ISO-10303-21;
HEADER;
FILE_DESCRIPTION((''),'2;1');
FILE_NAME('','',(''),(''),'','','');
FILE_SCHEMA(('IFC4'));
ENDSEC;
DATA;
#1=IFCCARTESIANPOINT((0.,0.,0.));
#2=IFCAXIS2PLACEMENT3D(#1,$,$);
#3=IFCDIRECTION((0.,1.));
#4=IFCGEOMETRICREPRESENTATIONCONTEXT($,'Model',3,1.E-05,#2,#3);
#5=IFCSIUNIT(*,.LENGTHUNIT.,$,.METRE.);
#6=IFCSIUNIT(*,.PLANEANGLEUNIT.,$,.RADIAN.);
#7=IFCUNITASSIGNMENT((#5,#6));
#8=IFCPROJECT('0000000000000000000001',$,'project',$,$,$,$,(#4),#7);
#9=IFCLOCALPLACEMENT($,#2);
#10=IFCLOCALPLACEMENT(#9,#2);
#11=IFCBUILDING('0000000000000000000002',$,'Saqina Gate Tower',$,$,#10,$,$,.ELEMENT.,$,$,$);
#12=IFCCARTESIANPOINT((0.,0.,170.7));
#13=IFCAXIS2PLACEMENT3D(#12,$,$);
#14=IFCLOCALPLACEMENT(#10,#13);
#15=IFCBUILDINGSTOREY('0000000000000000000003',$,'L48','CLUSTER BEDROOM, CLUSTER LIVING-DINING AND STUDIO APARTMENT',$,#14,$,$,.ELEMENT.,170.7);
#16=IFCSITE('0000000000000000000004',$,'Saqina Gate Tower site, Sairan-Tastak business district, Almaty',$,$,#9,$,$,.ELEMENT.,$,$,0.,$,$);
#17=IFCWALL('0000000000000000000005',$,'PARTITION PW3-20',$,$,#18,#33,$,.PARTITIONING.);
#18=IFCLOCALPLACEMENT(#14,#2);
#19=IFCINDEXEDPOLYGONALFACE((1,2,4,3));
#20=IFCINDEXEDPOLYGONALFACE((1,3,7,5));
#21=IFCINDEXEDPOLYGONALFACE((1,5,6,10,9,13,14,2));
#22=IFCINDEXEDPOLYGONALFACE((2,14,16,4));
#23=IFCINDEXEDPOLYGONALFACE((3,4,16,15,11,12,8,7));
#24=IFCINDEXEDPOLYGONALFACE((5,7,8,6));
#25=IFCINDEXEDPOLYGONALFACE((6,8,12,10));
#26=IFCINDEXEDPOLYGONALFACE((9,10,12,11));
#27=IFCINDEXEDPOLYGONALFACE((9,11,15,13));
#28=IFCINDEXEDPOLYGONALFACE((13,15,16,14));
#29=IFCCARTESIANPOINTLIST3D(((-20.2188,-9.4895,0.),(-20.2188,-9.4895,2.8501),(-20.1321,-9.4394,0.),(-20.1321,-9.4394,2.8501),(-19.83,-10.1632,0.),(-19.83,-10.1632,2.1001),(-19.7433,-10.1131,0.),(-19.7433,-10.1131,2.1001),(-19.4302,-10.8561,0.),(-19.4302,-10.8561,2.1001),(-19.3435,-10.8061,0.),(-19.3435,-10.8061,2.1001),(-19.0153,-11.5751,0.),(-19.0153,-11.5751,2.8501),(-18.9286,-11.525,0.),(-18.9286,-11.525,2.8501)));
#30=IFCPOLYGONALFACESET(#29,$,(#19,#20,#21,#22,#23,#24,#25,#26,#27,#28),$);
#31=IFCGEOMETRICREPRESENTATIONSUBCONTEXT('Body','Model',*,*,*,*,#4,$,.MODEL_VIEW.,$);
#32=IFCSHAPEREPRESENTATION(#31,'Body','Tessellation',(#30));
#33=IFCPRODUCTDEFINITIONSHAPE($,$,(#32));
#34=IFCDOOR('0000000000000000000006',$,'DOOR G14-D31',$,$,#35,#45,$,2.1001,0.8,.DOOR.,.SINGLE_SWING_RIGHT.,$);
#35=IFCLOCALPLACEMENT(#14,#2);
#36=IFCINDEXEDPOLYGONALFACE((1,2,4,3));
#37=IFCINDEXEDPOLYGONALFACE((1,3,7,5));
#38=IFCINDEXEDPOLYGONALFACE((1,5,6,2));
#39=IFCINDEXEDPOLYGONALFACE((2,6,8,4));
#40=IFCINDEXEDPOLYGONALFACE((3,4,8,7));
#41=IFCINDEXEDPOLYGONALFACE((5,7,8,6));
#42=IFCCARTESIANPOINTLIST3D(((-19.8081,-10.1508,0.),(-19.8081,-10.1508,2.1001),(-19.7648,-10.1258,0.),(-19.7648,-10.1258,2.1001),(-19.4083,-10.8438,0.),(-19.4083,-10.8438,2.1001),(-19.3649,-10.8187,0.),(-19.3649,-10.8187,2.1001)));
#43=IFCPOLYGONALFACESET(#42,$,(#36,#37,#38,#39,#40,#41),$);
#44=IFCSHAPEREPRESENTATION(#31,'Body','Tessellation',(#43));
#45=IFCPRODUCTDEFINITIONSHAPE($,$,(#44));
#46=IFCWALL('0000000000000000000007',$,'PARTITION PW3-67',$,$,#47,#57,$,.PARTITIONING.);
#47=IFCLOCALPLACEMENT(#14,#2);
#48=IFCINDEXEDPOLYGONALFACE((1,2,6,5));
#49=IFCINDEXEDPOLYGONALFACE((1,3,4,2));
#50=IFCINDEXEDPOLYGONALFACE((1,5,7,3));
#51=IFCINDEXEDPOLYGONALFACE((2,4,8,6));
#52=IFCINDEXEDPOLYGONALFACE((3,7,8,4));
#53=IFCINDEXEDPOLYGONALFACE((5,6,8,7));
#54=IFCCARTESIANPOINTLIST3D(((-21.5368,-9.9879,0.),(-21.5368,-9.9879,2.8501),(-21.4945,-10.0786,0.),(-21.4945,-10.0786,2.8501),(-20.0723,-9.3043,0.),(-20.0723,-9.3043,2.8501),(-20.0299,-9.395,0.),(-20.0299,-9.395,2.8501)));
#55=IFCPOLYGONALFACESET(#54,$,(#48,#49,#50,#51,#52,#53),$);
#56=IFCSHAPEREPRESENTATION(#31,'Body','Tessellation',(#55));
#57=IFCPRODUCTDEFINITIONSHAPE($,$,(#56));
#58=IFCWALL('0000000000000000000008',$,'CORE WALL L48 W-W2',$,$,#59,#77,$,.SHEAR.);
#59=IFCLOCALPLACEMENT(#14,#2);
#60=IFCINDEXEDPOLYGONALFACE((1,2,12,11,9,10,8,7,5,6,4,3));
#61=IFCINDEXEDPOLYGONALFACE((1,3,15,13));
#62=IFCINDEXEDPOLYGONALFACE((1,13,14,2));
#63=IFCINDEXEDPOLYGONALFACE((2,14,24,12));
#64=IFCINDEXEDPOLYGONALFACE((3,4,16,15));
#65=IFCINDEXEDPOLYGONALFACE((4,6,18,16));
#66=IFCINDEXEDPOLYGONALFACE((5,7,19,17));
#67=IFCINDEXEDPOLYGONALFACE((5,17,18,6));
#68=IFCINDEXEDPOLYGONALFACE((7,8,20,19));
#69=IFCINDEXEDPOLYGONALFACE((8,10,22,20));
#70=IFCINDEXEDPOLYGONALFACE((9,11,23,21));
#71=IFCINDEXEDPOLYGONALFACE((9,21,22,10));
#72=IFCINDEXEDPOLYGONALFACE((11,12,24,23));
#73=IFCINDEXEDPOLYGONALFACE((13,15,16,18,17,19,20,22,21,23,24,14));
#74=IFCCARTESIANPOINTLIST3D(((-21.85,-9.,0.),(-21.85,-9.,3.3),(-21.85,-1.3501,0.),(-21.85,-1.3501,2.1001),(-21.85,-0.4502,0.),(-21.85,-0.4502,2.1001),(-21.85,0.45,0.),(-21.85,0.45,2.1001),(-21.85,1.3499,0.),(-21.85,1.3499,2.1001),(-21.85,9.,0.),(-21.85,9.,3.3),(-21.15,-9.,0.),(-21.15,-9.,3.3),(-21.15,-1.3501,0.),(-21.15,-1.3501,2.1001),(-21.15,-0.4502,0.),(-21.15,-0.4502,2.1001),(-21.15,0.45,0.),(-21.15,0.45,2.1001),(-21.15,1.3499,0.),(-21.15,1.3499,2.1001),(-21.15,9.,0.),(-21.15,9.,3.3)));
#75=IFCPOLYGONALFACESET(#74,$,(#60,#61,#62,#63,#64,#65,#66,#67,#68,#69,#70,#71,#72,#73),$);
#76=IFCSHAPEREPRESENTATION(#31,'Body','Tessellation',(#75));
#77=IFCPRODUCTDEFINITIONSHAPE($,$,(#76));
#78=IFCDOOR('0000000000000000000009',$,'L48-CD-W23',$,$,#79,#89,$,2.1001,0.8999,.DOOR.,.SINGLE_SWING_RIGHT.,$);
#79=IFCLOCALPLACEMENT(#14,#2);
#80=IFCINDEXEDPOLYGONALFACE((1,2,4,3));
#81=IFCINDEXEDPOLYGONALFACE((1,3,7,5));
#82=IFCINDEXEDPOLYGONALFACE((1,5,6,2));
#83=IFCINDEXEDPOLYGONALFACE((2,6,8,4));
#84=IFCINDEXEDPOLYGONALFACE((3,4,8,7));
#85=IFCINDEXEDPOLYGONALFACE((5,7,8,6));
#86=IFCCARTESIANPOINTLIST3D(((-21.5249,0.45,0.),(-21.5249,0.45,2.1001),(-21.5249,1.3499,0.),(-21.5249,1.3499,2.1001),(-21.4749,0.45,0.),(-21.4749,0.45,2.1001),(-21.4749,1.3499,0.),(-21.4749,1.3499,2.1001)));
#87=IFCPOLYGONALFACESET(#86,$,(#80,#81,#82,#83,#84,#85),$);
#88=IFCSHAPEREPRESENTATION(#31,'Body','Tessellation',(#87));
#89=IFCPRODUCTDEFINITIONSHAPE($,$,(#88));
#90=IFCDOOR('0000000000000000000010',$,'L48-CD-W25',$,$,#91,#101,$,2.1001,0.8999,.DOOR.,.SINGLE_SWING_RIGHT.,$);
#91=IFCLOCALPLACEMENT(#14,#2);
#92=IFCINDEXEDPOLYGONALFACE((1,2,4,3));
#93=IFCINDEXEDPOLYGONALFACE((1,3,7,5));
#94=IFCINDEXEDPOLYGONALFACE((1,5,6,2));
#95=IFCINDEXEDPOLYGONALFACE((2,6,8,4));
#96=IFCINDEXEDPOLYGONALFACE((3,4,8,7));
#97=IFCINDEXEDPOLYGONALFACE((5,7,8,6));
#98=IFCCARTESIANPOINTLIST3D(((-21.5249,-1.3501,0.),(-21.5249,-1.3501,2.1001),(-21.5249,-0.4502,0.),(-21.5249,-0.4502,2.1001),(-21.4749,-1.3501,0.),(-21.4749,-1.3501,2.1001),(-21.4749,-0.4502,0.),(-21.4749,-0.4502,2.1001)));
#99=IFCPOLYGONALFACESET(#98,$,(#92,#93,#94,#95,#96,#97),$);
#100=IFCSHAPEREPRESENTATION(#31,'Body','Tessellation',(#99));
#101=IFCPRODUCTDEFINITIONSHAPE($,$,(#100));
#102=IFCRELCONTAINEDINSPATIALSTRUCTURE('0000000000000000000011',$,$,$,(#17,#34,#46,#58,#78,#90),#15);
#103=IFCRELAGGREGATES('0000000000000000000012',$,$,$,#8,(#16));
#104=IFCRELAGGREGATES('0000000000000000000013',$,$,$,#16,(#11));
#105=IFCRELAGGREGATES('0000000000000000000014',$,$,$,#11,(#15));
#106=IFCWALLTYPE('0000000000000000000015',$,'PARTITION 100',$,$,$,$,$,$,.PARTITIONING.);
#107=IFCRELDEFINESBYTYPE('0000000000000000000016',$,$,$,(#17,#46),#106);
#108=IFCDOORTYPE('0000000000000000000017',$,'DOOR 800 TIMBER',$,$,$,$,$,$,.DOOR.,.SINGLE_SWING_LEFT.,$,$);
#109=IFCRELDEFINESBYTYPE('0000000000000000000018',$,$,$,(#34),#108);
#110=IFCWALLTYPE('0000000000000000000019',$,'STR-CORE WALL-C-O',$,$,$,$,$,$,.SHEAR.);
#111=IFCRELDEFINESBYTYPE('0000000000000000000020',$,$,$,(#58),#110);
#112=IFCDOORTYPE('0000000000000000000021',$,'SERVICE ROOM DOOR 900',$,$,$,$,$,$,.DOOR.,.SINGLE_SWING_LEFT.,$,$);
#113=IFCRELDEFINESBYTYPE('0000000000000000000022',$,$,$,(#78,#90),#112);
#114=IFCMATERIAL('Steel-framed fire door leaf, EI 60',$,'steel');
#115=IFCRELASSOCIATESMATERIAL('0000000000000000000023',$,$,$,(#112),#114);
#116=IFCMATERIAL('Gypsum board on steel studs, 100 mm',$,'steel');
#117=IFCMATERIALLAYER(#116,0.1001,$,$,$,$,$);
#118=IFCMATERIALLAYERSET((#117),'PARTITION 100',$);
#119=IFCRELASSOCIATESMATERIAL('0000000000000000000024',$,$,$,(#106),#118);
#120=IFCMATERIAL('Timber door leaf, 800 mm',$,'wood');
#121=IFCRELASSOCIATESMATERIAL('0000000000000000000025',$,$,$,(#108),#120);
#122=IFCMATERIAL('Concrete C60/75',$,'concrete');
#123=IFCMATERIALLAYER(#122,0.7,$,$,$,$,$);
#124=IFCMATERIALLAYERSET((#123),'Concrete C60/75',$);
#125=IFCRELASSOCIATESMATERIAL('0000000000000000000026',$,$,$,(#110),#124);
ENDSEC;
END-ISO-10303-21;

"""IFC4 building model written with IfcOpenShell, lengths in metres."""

from ifc_helpers import new_model, si_unit, direction, frame, frame_2d, origin, place, context, subcontext, project, spatial, rectangle, extrude, material, layer, layer_set, type_object, element, fill, save


model = new_model("IFC4")

# Units and contexts
model_context = context("Model", 3, precision=1e-05, world=origin(), true_north=direction((0.0, 1.0)))
body_context = subcontext(model_context, "Body", "Model", "MODEL_VIEW")
ifc_project = project(units=[si_unit("LENGTHUNIT", "METRE"), si_unit("PLANEANGLEUNIT", "RADIAN")], contexts=[model_context])

# Site, building, storey
site_placement = place(None, origin())
site = spatial("IfcSite", under=ifc_project, at=site_placement, Name="Saqina Gate Tower site, Sairan-Tastak business district, Almaty", CompositionType="ELEMENT", RefElevation=0.0)
building_placement = place(site_placement, origin())
building = spatial("IfcBuilding", under=site, at=building_placement, Name="Saqina Gate Tower", CompositionType="ELEMENT")
storey_placement = place(building_placement, frame((0.0, 0.0, 170.7)))
storey = spatial("IfcBuildingStorey", under=building, at=storey_placement, Name="L48", Description="CLUSTER BEDROOM, CLUSTER LIVING-DINING AND STUDIO APARTMENT", CompositionType="ELEMENT", Elevation=170.7)

# Shared definitions
ifc_material_1 = material(Name="Steel-framed fire door leaf, EI 60", Category="steel")
door_type_1 = type_object("IfcDoorType", Name="SERVICE ROOM DOOR 900", OperationType="SINGLE_SWING_LEFT", PredefinedType="DOOR", material=ifc_material_1)

# Wall, opening, door
ifc_material_2 = material(Name="Gypsum board on steel studs, 100 mm", Category="steel")
ifc_layer_1 = layer(ifc_material_2, 0.1001)
ifc_layer_set_1 = layer_set([ifc_layer_1], Name="PARTITION 100")
wall_type_1 = type_object("IfcWallType", Name="PARTITION 100", PredefinedType="PARTITIONING", material=ifc_layer_set_1)
wall_1_placement = place(storey_placement, frame((-20.1755, -9.4644, 0.0), z_axis=(0.0, 0.0, 1.0), x_axis=(0.499825, -0.866127, 0.0)))
wall_1 = element("IfcWall", 1, at=wall_1_placement, inside=storey, type_object=wall_type_1, Name="PARTITION PW3-20", PredefinedType="PARTITIONING", context=body_context, shape_type="SweptSolid", body=[
    extrude(rectangle(XDim=2.408, YDim=0.1001, at=frame_2d((1.2041, 0.0))), origin(), (0.0, 0.0, 1.0), 2.8501),
])
opening_1_placement = place(wall_1_placement, frame((0.7781, 0.0, 0.0)))
opening_1 = element("IfcOpeningElement", 2, at=opening_1_placement, cuts=wall_1, PredefinedType="OPENING", context=body_context, shape_type="SweptSolid", body=[
    extrude(rectangle(XDim=0.8, YDim=2.1001, at=frame_2d((0.3999, 1.05))), frame((0.0, 0.062, 0.0), z_axis=(0.0, -1.0, 0.0), x_axis=(1.0, 0.0, 0.0)), (0.0, 0.0, 1.0), 0.124),
])
ifc_material_3 = material(Name="Timber door leaf, 800 mm", Category="wood")
door_type_2 = type_object("IfcDoorType", Name="DOOR 800 TIMBER", OperationType="SINGLE_SWING_LEFT", PredefinedType="DOOR", material=ifc_material_3)
door_1_placement = place(opening_1_placement, frame((0.8, 0.0, 0.0), z_axis=(0.0, 0.0, 1.0), x_axis=(-1.0, 0.0, 0.0)))
door_1 = element("IfcDoor", 3, at=door_1_placement, inside=storey, type_object=door_type_2, Name="DOOR G14-D31", OperationType="SINGLE_SWING_RIGHT", OverallHeight=2.1001, OverallWidth=0.8, PredefinedType="DOOR", context=body_context, shape_type="SweptSolid", body=[
    extrude(rectangle(XDim=0.8, YDim=2.1001, at=frame_2d((0.3999, 1.05))), frame((0.0, 0.0249, 0.0), z_axis=(0.0, -1.0, 0.0), x_axis=(1.0, 0.0, 0.0)), (0.0, 0.0, 1.0), 0.05),
])
fill(opening_1, door_1)

# Wall
wall_2_placement = place(storey_placement, frame((-21.5156, -10.0332, 0.0), z_axis=(0.0, 0.0, 1.0), x_axis=(0.906156, 0.422943, 0.0)))
element("IfcWall", 4, at=wall_2_placement, inside=storey, type_object=wall_type_1, Name="PARTITION PW3-67", PredefinedType="PARTITIONING", context=body_context, shape_type="SweptSolid", body=[
    extrude(rectangle(XDim=1.6162, YDim=0.1001, at=frame_2d((0.8081, 0.0))), origin(), (0.0, 0.0, 1.0), 2.8501),
])

# Wall, openings, doors
ifc_material_4 = material(Name="Concrete C60/75", Category="concrete")
ifc_layer_2 = layer(ifc_material_4, 0.7)
ifc_layer_set_2 = layer_set([ifc_layer_2], Name="Concrete C60/75")
wall_type_2 = type_object("IfcWallType", Name="STR-CORE WALL-C-O", PredefinedType="SHEAR", material=ifc_layer_set_2)
wall_3_placement = place(storey_placement, frame((-21.5, -9.0, 0.0), z_axis=(0.0, 0.0, 1.0), x_axis=(0.0, 1.0, 0.0)))
wall_3 = element("IfcWall", 5, at=wall_3_placement, inside=storey, type_object=wall_type_2, Name="CORE WALL L48 W-W2", PredefinedType="SHEAR", context=body_context, shape_type="SweptSolid", body=[
    extrude(rectangle(XDim=18.0, YDim=0.7, at=frame_2d((9.0, 0.0))), origin(), (0.0, 0.0, 1.0), 3.3),
])
opening_2_placement = place(wall_3_placement, frame((9.45, 0.0, 0.0)))
opening_2 = element("IfcOpeningElement", 6, at=opening_2_placement, cuts=wall_3, PredefinedType="OPENING", context=body_context, shape_type="SweptSolid", body=[
    extrude(rectangle(XDim=0.8999, YDim=2.1001, at=frame_2d((0.45, 1.05))), frame((0.0, 0.3621, 0.0), z_axis=(0.0, -1.0, 0.0), x_axis=(1.0, 0.0, 0.0)), (0.0, 0.0, 1.0), 0.7239),
])
opening_3_placement = place(wall_3_placement, frame((7.6499, 0.0, 0.0)))
opening_3 = element("IfcOpeningElement", 7, at=opening_3_placement, cuts=wall_3, PredefinedType="OPENING", context=body_context, shape_type="SweptSolid", body=[
    extrude(rectangle(XDim=0.8999, YDim=2.1001, at=frame_2d((0.45, 1.05))), frame((0.0, 0.3621, 0.0), z_axis=(0.0, -1.0, 0.0), x_axis=(1.0, 0.0, 0.0)), (0.0, 0.0, 1.0), 0.7239),
])
door_2_placement = place(opening_2_placement, origin())
door_2 = element("IfcDoor", 8, at=door_2_placement, inside=storey, type_object=door_type_1, Name="L48-CD-W23", OperationType="SINGLE_SWING_RIGHT", OverallHeight=2.1001, OverallWidth=0.8999, PredefinedType="DOOR", context=body_context, shape_type="SweptSolid", body=[
    extrude(rectangle(XDim=0.8999, YDim=2.1001, at=frame_2d((0.45, 1.05))), frame((0.0, 0.0249, 0.0), z_axis=(0.0, -1.0, 0.0), x_axis=(1.0, 0.0, 0.0)), (0.0, 0.0, 1.0), 0.05),
])
fill(opening_2, door_2)
door_3_placement = place(opening_3_placement, origin())
door_3 = element("IfcDoor", 9, at=door_3_placement, inside=storey, type_object=door_type_1, Name="L48-CD-W25", OperationType="SINGLE_SWING_RIGHT", OverallHeight=2.1001, OverallWidth=0.8999, PredefinedType="DOOR", context=body_context, shape_type="SweptSolid", body=[
    extrude(rectangle(XDim=0.8999, YDim=2.1001, at=frame_2d((0.45, 1.05))), frame((0.0, 0.0249, 0.0), z_axis=(0.0, -1.0, 0.0), x_axis=(1.0, 0.0, 0.0)), (0.0, 0.0, 1.0), 0.05),
])
fill(opening_3, door_3)

save(model, "model.ifc")
